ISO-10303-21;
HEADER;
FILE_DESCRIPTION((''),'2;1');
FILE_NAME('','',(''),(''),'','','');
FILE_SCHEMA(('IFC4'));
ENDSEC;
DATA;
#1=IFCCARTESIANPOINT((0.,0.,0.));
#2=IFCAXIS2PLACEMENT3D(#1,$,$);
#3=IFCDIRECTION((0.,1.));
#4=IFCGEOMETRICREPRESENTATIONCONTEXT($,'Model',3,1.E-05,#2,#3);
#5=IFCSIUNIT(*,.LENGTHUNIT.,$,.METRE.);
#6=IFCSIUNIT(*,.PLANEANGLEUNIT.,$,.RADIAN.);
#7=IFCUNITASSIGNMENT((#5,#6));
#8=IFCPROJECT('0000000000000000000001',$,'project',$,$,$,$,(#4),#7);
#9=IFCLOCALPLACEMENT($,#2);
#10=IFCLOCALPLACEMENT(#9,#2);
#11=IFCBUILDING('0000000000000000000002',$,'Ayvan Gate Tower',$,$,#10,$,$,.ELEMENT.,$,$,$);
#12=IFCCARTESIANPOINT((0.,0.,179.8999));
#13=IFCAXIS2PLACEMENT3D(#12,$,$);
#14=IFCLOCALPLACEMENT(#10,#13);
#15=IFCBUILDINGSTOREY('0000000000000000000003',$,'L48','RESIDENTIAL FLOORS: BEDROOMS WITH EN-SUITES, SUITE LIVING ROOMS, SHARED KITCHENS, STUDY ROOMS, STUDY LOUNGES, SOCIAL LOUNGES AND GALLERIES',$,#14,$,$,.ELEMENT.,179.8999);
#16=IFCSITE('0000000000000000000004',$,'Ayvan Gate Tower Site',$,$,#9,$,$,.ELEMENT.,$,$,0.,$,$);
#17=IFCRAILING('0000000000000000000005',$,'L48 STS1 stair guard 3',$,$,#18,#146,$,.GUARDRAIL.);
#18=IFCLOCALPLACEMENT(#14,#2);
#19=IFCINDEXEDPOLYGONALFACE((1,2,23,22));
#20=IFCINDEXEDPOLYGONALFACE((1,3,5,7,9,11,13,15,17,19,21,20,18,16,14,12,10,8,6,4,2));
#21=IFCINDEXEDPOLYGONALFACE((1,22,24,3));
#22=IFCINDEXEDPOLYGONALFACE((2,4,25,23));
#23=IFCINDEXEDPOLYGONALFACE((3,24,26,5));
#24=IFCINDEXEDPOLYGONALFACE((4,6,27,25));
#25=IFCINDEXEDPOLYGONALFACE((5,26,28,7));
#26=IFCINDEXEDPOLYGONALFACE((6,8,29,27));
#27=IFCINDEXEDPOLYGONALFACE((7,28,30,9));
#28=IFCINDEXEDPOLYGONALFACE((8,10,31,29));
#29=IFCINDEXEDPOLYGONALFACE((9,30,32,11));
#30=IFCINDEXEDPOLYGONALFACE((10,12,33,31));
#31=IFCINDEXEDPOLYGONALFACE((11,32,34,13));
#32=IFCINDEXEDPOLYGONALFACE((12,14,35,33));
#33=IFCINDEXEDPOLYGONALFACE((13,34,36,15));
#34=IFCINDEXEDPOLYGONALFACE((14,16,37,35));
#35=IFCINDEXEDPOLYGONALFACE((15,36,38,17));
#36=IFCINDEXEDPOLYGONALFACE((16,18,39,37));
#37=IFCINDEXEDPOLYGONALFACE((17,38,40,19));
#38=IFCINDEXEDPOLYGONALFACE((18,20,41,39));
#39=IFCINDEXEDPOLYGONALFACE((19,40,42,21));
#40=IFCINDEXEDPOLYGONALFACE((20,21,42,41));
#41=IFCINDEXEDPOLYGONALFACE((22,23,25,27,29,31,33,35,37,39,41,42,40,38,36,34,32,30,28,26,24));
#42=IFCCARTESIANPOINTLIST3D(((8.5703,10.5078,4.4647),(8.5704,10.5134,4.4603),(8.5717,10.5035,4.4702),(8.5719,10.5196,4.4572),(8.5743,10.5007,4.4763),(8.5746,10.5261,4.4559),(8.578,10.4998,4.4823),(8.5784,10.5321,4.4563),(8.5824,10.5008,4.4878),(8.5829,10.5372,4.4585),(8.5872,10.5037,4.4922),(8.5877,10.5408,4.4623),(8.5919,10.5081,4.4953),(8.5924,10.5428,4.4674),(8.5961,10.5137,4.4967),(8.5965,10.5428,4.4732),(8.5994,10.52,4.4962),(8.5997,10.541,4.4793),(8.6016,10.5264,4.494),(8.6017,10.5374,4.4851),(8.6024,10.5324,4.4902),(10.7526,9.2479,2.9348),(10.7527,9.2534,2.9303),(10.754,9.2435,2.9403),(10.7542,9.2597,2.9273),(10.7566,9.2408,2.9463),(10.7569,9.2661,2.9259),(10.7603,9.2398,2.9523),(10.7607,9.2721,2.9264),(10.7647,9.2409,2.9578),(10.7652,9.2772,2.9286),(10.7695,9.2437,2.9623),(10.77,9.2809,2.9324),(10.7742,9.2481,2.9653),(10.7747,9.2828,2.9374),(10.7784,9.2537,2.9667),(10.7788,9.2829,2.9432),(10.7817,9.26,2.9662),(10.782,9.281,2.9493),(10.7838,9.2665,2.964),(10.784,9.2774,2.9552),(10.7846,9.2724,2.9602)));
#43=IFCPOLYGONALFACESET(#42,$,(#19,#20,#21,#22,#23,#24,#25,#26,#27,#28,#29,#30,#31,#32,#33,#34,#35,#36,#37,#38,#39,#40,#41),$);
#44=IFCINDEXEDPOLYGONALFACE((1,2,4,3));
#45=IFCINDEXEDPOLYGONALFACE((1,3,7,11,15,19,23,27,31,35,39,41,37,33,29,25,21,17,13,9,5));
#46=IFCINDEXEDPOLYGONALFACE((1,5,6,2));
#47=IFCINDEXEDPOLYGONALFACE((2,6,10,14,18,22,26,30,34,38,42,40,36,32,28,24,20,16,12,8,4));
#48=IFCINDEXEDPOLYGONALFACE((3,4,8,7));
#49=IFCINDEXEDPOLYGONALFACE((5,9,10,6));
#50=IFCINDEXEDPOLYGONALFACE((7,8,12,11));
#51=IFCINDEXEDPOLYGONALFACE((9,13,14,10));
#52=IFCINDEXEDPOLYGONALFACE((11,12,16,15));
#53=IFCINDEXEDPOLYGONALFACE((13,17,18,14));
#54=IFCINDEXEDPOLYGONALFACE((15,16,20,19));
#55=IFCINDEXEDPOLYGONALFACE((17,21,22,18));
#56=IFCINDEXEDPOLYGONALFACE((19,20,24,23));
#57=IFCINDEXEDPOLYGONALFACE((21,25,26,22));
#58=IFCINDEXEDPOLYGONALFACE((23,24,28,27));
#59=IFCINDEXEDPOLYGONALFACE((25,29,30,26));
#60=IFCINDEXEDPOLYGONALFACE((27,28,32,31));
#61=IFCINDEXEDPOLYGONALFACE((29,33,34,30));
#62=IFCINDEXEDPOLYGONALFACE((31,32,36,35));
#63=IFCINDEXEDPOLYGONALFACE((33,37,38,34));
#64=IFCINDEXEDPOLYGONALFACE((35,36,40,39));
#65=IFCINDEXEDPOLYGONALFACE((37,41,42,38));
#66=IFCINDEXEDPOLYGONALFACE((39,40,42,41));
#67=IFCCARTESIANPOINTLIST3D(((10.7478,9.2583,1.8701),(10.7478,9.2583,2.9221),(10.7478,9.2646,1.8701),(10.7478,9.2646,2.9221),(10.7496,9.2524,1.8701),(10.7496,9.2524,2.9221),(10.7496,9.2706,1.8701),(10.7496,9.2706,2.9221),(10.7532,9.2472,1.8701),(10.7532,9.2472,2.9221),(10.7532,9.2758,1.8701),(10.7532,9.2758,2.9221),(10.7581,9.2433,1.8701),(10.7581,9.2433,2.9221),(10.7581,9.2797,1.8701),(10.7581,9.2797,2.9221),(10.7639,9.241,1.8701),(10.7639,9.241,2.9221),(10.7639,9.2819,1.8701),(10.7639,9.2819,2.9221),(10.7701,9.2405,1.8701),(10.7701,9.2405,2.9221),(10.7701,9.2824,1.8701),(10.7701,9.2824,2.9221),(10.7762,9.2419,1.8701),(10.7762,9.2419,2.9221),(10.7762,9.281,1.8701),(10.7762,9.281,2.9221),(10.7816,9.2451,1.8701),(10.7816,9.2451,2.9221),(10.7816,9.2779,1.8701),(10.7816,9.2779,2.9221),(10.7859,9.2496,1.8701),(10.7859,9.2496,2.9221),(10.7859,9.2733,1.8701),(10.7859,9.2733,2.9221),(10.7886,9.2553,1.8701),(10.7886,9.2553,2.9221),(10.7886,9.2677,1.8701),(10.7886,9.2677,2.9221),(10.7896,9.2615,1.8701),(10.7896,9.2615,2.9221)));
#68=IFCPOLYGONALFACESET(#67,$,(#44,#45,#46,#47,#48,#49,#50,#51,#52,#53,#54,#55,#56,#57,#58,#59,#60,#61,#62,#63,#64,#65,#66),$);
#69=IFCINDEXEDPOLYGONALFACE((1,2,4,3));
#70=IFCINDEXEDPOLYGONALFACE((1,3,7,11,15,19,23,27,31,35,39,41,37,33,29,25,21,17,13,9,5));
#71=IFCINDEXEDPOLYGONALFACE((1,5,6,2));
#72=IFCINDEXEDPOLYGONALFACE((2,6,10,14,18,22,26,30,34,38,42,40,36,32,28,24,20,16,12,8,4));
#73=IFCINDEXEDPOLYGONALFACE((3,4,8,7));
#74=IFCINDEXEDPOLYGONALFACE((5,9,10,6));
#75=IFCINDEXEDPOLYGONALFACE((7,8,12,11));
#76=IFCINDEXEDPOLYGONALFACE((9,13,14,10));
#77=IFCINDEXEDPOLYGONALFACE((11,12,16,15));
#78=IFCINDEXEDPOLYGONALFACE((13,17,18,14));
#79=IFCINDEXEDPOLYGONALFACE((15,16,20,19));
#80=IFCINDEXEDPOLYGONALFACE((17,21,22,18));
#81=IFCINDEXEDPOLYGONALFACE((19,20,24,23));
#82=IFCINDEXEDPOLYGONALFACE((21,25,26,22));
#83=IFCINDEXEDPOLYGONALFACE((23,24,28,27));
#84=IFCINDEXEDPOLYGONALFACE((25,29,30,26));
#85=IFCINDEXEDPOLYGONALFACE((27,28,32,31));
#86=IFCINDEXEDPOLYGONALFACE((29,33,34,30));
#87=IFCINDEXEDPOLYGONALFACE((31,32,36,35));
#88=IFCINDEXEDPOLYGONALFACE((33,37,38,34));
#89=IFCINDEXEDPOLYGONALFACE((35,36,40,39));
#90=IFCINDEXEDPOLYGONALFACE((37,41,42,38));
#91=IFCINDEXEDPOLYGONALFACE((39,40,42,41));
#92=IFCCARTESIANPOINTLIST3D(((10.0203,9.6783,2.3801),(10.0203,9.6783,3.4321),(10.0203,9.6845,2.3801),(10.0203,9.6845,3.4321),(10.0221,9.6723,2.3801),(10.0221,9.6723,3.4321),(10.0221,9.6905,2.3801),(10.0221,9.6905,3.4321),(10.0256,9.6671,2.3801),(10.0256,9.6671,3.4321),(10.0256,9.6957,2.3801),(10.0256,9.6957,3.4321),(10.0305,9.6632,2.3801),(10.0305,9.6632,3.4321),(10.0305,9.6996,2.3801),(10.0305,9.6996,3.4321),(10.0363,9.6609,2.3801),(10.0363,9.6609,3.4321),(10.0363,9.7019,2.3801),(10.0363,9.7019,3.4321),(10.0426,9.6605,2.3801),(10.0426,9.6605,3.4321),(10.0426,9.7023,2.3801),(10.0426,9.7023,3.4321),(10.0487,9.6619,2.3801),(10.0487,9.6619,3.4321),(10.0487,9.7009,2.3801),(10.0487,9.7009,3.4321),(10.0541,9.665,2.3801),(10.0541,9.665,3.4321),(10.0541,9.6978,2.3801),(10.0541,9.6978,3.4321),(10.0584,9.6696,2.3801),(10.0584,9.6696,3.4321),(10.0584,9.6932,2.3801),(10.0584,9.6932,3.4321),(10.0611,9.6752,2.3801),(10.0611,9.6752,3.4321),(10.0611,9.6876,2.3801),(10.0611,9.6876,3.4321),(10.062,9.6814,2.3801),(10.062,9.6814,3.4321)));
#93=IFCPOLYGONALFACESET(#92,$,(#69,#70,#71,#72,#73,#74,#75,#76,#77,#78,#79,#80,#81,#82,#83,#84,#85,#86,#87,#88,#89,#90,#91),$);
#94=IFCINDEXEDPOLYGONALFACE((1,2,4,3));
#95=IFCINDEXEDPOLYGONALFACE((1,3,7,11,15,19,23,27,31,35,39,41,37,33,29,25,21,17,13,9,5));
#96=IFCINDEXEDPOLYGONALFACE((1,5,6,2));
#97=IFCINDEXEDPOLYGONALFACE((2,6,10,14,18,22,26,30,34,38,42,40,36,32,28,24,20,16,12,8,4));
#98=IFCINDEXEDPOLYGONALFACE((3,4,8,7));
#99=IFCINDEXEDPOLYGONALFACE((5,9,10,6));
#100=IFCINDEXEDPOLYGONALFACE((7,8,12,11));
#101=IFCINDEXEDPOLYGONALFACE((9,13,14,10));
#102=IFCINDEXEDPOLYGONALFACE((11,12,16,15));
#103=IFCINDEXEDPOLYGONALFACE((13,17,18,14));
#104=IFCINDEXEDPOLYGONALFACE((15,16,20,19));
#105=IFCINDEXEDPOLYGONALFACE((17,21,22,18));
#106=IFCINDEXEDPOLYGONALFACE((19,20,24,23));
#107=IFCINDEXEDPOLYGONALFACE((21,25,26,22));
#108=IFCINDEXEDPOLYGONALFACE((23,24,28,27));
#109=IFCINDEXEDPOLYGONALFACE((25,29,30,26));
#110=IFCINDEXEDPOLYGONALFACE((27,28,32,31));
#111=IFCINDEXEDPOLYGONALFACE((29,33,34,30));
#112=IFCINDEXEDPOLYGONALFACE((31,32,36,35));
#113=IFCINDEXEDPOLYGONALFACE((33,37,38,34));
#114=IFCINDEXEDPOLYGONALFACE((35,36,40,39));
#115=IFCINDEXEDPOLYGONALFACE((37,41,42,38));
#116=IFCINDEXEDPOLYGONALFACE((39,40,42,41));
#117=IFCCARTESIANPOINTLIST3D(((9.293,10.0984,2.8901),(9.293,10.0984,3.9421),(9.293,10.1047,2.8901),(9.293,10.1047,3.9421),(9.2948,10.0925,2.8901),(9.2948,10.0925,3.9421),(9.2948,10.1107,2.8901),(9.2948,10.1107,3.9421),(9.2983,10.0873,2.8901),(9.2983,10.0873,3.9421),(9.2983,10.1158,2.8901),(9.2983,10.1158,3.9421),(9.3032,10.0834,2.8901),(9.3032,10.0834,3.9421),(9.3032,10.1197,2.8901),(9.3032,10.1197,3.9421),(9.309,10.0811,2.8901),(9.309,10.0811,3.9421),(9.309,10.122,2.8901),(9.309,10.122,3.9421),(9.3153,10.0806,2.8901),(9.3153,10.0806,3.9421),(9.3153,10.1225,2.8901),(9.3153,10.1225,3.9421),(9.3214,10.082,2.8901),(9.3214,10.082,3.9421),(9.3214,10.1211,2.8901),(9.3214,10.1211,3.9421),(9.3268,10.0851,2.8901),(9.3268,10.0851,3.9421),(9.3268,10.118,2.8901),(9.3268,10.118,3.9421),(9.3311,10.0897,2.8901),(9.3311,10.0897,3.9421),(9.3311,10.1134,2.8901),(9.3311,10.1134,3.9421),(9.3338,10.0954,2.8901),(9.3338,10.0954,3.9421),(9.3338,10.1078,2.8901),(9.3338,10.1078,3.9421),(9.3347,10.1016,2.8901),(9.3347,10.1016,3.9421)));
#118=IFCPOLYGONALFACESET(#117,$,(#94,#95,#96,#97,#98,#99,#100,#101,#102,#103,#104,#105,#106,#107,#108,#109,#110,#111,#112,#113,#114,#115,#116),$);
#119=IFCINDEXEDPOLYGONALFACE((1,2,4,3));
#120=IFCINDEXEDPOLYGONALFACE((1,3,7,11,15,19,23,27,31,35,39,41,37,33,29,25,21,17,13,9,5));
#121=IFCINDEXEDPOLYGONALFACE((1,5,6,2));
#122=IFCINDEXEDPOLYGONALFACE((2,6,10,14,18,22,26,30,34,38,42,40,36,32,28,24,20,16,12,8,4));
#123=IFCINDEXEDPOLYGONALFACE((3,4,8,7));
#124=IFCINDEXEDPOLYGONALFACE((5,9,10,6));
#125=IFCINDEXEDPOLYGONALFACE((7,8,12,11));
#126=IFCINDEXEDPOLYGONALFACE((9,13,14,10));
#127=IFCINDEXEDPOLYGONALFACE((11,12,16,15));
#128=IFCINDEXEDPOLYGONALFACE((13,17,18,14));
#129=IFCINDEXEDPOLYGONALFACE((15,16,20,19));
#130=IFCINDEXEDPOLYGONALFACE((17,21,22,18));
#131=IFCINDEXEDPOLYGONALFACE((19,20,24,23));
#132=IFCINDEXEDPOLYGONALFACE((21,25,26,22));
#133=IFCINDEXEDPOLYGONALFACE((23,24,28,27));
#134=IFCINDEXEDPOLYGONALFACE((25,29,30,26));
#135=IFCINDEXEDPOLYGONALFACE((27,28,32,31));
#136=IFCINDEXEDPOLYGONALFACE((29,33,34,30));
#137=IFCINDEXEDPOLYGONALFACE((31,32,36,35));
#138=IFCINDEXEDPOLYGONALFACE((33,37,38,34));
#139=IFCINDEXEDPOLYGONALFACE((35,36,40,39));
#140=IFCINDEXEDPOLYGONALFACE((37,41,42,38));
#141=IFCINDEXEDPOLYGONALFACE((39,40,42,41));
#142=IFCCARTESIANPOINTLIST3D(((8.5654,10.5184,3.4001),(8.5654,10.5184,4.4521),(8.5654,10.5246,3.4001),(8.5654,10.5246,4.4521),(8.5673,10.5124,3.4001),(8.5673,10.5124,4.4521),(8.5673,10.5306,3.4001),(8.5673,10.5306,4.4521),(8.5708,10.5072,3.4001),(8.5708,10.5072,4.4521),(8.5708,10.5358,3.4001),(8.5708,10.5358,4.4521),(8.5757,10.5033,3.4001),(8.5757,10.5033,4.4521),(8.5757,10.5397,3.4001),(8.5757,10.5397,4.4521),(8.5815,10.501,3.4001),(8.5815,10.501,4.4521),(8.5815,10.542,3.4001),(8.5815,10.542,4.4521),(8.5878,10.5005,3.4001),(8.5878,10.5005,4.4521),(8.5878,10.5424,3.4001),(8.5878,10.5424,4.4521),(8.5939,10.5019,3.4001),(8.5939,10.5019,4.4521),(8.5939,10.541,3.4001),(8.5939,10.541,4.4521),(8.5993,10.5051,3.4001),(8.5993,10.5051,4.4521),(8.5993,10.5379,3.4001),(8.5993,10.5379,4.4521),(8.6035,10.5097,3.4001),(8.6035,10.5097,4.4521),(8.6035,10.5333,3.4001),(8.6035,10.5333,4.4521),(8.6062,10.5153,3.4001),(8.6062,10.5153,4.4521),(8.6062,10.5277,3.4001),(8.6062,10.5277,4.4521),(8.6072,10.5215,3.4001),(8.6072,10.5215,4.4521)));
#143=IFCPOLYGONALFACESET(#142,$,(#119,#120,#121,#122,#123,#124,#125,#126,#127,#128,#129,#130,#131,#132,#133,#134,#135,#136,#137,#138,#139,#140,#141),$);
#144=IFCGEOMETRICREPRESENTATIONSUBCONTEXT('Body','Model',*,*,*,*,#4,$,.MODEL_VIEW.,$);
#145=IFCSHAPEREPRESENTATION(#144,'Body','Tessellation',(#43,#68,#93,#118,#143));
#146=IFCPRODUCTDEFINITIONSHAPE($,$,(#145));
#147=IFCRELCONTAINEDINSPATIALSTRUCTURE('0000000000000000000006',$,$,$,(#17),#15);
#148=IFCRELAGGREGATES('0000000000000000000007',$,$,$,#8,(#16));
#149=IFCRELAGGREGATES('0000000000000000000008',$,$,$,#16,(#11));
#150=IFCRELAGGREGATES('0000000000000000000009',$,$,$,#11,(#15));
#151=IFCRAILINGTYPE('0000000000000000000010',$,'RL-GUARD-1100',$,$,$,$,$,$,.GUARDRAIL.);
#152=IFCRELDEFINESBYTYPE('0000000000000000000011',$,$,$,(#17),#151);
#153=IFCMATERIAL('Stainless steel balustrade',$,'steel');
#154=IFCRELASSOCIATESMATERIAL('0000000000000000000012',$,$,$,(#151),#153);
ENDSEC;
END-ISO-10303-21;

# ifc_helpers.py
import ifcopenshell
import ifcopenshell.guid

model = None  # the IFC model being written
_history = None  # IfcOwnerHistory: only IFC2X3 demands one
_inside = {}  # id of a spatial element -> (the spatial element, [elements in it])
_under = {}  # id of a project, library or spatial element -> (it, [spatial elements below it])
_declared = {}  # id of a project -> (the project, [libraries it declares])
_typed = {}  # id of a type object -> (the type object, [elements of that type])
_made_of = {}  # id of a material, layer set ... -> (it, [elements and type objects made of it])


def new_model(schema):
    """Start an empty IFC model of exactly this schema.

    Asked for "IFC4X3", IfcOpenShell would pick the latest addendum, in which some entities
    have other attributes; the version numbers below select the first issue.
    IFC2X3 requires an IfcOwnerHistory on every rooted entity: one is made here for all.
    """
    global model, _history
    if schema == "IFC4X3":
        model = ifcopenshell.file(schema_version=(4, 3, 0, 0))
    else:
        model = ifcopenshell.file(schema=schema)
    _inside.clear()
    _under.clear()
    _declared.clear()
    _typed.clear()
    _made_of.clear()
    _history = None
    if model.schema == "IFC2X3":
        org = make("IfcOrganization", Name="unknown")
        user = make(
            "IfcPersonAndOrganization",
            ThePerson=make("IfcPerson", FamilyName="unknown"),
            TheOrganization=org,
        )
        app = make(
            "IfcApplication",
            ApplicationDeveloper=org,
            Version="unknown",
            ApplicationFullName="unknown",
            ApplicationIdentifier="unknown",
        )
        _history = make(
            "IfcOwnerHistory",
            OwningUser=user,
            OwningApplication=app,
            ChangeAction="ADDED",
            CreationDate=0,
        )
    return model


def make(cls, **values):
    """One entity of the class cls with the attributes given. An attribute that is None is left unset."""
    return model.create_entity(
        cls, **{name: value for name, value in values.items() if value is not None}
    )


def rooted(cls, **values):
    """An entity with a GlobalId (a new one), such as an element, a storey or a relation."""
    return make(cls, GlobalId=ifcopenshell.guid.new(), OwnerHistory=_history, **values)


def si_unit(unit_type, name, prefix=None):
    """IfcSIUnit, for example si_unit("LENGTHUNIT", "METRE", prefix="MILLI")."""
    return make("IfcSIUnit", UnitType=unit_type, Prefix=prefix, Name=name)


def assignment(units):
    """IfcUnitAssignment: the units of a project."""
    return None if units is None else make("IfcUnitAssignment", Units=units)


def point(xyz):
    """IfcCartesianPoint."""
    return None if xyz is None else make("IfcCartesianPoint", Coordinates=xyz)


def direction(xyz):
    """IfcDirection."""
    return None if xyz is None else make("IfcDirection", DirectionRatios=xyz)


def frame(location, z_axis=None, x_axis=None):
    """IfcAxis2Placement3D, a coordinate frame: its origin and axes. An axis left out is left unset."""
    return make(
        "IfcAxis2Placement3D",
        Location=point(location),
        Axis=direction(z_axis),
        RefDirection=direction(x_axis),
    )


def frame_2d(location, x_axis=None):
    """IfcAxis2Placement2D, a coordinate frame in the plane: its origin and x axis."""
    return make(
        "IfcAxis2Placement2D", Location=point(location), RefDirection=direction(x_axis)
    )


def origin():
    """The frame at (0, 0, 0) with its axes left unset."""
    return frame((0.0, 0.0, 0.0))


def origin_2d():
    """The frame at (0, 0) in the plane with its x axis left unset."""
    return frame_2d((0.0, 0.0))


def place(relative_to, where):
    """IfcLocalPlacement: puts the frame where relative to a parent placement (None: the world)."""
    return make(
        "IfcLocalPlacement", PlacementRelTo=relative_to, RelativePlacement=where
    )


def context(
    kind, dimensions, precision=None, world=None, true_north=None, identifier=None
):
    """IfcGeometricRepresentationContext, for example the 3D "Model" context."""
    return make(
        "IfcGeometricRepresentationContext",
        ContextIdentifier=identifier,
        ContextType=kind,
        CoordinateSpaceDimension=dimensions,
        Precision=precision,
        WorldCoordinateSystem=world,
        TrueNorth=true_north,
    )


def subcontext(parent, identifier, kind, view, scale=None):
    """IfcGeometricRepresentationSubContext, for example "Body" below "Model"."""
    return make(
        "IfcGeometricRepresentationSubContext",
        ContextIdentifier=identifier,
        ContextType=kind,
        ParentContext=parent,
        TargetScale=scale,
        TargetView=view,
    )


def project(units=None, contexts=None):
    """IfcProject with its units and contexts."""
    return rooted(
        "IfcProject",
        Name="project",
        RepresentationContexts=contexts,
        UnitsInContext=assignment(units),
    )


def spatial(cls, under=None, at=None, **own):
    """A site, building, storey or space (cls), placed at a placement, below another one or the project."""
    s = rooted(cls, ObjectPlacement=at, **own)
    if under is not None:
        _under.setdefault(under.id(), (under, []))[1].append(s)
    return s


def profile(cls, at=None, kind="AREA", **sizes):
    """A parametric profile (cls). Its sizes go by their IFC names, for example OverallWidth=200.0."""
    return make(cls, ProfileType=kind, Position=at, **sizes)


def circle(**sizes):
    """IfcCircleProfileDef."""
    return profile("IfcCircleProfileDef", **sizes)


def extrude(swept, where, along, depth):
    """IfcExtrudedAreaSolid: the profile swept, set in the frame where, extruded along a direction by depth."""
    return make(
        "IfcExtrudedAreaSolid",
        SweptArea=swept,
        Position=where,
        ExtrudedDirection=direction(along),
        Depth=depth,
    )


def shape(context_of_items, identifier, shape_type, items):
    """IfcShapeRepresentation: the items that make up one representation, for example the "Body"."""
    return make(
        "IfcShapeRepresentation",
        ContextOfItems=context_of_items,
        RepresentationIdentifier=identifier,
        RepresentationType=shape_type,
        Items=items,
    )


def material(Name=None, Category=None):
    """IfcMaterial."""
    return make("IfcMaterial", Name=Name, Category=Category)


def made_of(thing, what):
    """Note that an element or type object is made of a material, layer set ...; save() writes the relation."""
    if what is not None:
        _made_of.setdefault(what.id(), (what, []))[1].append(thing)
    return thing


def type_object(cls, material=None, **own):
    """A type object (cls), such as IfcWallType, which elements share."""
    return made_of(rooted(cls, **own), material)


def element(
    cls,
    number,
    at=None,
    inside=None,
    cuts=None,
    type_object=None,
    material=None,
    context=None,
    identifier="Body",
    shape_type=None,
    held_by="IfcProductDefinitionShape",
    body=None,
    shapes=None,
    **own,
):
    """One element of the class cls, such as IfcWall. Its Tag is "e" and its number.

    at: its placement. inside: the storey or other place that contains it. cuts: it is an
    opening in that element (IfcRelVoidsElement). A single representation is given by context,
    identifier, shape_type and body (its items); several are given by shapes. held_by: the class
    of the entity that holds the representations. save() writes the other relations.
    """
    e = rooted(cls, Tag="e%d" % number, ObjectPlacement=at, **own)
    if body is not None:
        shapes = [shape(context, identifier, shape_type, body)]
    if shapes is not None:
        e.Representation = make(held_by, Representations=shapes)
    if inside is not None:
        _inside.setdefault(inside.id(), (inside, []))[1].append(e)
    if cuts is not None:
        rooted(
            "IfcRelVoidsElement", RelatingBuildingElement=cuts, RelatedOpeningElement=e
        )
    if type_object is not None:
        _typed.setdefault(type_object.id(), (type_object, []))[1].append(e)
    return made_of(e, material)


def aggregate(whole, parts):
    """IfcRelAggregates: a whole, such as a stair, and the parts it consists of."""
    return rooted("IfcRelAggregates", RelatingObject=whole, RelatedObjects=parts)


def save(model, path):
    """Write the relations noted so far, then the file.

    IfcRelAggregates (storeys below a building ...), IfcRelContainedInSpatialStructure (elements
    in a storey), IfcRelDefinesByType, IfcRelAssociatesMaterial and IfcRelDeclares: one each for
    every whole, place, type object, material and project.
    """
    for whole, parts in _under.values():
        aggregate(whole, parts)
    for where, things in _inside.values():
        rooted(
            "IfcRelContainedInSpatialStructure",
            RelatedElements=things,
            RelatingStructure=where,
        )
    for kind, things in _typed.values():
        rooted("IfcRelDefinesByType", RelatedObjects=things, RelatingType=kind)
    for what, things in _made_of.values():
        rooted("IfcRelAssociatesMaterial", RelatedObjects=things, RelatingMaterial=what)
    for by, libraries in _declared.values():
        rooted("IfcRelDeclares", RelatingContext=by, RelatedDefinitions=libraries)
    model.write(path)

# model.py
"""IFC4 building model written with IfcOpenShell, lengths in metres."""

from ifc_helpers import new_model, si_unit, direction, frame, origin, origin_2d, place, context, subcontext, project, spatial, circle, extrude, material, type_object, element, save


model = new_model("IFC4")

# Units and contexts
model_context = context("Model", 3, precision=1e-05, world=origin(), true_north=direction((0.0, 1.0)))
body_context = subcontext(model_context, "Body", "Model", "MODEL_VIEW")
ifc_project = project(units=[si_unit("LENGTHUNIT", "METRE"), si_unit("PLANEANGLEUNIT", "RADIAN")], contexts=[model_context])

# Site, building, storey
site_placement = place(None, origin())
site = spatial("IfcSite", under=ifc_project, at=site_placement, Name="Ayvan Gate Tower Site", CompositionType="ELEMENT", RefElevation=0.0)
building_placement = place(site_placement, origin())
building = spatial("IfcBuilding", under=site, at=building_placement, Name="Ayvan Gate Tower", CompositionType="ELEMENT")
storey_placement = place(building_placement, frame((0.0, 0.0, 179.8999)))
storey = spatial("IfcBuildingStorey", under=building, at=storey_placement, Name="L48", Description="RESIDENTIAL FLOORS: BEDROOMS WITH EN-SUITES, SUITE LIVING ROOMS, SHARED KITCHENS, STUDY ROOMS, STUDY LOUNGES, SOCIAL LOUNGES AND GALLERIES", CompositionType="ELEMENT", Elevation=179.8999)

# Railing
ifc_material_1 = material(Name="Stainless steel balustrade", Category="steel")
railing_type_1 = type_object("IfcRailingType", Name="RL-GUARD-1100", PredefinedType="GUARDRAIL", material=ifc_material_1)
railing_1_placement = place(storey_placement, frame((10.7686, 9.2615, 1.8701)))
element("IfcRailing", 1, at=railing_1_placement, inside=storey, type_object=railing_type_1, Name="L48 STS1 stair guard 3", PredefinedType="GUARDRAIL", context=body_context, shape_type="SweptSolid", body=[
    extrude(circle(Radius=0.0239, at=origin_2d()), frame((0.0, 0.0, 1.0762), z_axis=(-0.740261, 0.427395, 0.518986), x_axis=(-0.500005, -0.866023, 0.0)), (0.0, 0.0, 1.0), 2.948),
    extrude(circle(Radius=0.021, at=origin_2d()), origin(), (0.0, 0.0, 1.0), 1.052),
    extrude(circle(Radius=0.021, at=origin_2d()), frame((-0.7275, 0.4199, 0.51)), (0.0, 0.0, 1.0), 1.052),
    extrude(circle(Radius=0.021, at=origin_2d()), frame((-1.4548, 0.8401, 1.02)), (0.0, 0.0, 1.0), 1.052),
    extrude(circle(Radius=0.021, at=origin_2d()), frame((-2.1824, 1.26, 1.53)), (0.0, 0.0, 1.0), 1.052),
])

save(model, "model.ifc")
